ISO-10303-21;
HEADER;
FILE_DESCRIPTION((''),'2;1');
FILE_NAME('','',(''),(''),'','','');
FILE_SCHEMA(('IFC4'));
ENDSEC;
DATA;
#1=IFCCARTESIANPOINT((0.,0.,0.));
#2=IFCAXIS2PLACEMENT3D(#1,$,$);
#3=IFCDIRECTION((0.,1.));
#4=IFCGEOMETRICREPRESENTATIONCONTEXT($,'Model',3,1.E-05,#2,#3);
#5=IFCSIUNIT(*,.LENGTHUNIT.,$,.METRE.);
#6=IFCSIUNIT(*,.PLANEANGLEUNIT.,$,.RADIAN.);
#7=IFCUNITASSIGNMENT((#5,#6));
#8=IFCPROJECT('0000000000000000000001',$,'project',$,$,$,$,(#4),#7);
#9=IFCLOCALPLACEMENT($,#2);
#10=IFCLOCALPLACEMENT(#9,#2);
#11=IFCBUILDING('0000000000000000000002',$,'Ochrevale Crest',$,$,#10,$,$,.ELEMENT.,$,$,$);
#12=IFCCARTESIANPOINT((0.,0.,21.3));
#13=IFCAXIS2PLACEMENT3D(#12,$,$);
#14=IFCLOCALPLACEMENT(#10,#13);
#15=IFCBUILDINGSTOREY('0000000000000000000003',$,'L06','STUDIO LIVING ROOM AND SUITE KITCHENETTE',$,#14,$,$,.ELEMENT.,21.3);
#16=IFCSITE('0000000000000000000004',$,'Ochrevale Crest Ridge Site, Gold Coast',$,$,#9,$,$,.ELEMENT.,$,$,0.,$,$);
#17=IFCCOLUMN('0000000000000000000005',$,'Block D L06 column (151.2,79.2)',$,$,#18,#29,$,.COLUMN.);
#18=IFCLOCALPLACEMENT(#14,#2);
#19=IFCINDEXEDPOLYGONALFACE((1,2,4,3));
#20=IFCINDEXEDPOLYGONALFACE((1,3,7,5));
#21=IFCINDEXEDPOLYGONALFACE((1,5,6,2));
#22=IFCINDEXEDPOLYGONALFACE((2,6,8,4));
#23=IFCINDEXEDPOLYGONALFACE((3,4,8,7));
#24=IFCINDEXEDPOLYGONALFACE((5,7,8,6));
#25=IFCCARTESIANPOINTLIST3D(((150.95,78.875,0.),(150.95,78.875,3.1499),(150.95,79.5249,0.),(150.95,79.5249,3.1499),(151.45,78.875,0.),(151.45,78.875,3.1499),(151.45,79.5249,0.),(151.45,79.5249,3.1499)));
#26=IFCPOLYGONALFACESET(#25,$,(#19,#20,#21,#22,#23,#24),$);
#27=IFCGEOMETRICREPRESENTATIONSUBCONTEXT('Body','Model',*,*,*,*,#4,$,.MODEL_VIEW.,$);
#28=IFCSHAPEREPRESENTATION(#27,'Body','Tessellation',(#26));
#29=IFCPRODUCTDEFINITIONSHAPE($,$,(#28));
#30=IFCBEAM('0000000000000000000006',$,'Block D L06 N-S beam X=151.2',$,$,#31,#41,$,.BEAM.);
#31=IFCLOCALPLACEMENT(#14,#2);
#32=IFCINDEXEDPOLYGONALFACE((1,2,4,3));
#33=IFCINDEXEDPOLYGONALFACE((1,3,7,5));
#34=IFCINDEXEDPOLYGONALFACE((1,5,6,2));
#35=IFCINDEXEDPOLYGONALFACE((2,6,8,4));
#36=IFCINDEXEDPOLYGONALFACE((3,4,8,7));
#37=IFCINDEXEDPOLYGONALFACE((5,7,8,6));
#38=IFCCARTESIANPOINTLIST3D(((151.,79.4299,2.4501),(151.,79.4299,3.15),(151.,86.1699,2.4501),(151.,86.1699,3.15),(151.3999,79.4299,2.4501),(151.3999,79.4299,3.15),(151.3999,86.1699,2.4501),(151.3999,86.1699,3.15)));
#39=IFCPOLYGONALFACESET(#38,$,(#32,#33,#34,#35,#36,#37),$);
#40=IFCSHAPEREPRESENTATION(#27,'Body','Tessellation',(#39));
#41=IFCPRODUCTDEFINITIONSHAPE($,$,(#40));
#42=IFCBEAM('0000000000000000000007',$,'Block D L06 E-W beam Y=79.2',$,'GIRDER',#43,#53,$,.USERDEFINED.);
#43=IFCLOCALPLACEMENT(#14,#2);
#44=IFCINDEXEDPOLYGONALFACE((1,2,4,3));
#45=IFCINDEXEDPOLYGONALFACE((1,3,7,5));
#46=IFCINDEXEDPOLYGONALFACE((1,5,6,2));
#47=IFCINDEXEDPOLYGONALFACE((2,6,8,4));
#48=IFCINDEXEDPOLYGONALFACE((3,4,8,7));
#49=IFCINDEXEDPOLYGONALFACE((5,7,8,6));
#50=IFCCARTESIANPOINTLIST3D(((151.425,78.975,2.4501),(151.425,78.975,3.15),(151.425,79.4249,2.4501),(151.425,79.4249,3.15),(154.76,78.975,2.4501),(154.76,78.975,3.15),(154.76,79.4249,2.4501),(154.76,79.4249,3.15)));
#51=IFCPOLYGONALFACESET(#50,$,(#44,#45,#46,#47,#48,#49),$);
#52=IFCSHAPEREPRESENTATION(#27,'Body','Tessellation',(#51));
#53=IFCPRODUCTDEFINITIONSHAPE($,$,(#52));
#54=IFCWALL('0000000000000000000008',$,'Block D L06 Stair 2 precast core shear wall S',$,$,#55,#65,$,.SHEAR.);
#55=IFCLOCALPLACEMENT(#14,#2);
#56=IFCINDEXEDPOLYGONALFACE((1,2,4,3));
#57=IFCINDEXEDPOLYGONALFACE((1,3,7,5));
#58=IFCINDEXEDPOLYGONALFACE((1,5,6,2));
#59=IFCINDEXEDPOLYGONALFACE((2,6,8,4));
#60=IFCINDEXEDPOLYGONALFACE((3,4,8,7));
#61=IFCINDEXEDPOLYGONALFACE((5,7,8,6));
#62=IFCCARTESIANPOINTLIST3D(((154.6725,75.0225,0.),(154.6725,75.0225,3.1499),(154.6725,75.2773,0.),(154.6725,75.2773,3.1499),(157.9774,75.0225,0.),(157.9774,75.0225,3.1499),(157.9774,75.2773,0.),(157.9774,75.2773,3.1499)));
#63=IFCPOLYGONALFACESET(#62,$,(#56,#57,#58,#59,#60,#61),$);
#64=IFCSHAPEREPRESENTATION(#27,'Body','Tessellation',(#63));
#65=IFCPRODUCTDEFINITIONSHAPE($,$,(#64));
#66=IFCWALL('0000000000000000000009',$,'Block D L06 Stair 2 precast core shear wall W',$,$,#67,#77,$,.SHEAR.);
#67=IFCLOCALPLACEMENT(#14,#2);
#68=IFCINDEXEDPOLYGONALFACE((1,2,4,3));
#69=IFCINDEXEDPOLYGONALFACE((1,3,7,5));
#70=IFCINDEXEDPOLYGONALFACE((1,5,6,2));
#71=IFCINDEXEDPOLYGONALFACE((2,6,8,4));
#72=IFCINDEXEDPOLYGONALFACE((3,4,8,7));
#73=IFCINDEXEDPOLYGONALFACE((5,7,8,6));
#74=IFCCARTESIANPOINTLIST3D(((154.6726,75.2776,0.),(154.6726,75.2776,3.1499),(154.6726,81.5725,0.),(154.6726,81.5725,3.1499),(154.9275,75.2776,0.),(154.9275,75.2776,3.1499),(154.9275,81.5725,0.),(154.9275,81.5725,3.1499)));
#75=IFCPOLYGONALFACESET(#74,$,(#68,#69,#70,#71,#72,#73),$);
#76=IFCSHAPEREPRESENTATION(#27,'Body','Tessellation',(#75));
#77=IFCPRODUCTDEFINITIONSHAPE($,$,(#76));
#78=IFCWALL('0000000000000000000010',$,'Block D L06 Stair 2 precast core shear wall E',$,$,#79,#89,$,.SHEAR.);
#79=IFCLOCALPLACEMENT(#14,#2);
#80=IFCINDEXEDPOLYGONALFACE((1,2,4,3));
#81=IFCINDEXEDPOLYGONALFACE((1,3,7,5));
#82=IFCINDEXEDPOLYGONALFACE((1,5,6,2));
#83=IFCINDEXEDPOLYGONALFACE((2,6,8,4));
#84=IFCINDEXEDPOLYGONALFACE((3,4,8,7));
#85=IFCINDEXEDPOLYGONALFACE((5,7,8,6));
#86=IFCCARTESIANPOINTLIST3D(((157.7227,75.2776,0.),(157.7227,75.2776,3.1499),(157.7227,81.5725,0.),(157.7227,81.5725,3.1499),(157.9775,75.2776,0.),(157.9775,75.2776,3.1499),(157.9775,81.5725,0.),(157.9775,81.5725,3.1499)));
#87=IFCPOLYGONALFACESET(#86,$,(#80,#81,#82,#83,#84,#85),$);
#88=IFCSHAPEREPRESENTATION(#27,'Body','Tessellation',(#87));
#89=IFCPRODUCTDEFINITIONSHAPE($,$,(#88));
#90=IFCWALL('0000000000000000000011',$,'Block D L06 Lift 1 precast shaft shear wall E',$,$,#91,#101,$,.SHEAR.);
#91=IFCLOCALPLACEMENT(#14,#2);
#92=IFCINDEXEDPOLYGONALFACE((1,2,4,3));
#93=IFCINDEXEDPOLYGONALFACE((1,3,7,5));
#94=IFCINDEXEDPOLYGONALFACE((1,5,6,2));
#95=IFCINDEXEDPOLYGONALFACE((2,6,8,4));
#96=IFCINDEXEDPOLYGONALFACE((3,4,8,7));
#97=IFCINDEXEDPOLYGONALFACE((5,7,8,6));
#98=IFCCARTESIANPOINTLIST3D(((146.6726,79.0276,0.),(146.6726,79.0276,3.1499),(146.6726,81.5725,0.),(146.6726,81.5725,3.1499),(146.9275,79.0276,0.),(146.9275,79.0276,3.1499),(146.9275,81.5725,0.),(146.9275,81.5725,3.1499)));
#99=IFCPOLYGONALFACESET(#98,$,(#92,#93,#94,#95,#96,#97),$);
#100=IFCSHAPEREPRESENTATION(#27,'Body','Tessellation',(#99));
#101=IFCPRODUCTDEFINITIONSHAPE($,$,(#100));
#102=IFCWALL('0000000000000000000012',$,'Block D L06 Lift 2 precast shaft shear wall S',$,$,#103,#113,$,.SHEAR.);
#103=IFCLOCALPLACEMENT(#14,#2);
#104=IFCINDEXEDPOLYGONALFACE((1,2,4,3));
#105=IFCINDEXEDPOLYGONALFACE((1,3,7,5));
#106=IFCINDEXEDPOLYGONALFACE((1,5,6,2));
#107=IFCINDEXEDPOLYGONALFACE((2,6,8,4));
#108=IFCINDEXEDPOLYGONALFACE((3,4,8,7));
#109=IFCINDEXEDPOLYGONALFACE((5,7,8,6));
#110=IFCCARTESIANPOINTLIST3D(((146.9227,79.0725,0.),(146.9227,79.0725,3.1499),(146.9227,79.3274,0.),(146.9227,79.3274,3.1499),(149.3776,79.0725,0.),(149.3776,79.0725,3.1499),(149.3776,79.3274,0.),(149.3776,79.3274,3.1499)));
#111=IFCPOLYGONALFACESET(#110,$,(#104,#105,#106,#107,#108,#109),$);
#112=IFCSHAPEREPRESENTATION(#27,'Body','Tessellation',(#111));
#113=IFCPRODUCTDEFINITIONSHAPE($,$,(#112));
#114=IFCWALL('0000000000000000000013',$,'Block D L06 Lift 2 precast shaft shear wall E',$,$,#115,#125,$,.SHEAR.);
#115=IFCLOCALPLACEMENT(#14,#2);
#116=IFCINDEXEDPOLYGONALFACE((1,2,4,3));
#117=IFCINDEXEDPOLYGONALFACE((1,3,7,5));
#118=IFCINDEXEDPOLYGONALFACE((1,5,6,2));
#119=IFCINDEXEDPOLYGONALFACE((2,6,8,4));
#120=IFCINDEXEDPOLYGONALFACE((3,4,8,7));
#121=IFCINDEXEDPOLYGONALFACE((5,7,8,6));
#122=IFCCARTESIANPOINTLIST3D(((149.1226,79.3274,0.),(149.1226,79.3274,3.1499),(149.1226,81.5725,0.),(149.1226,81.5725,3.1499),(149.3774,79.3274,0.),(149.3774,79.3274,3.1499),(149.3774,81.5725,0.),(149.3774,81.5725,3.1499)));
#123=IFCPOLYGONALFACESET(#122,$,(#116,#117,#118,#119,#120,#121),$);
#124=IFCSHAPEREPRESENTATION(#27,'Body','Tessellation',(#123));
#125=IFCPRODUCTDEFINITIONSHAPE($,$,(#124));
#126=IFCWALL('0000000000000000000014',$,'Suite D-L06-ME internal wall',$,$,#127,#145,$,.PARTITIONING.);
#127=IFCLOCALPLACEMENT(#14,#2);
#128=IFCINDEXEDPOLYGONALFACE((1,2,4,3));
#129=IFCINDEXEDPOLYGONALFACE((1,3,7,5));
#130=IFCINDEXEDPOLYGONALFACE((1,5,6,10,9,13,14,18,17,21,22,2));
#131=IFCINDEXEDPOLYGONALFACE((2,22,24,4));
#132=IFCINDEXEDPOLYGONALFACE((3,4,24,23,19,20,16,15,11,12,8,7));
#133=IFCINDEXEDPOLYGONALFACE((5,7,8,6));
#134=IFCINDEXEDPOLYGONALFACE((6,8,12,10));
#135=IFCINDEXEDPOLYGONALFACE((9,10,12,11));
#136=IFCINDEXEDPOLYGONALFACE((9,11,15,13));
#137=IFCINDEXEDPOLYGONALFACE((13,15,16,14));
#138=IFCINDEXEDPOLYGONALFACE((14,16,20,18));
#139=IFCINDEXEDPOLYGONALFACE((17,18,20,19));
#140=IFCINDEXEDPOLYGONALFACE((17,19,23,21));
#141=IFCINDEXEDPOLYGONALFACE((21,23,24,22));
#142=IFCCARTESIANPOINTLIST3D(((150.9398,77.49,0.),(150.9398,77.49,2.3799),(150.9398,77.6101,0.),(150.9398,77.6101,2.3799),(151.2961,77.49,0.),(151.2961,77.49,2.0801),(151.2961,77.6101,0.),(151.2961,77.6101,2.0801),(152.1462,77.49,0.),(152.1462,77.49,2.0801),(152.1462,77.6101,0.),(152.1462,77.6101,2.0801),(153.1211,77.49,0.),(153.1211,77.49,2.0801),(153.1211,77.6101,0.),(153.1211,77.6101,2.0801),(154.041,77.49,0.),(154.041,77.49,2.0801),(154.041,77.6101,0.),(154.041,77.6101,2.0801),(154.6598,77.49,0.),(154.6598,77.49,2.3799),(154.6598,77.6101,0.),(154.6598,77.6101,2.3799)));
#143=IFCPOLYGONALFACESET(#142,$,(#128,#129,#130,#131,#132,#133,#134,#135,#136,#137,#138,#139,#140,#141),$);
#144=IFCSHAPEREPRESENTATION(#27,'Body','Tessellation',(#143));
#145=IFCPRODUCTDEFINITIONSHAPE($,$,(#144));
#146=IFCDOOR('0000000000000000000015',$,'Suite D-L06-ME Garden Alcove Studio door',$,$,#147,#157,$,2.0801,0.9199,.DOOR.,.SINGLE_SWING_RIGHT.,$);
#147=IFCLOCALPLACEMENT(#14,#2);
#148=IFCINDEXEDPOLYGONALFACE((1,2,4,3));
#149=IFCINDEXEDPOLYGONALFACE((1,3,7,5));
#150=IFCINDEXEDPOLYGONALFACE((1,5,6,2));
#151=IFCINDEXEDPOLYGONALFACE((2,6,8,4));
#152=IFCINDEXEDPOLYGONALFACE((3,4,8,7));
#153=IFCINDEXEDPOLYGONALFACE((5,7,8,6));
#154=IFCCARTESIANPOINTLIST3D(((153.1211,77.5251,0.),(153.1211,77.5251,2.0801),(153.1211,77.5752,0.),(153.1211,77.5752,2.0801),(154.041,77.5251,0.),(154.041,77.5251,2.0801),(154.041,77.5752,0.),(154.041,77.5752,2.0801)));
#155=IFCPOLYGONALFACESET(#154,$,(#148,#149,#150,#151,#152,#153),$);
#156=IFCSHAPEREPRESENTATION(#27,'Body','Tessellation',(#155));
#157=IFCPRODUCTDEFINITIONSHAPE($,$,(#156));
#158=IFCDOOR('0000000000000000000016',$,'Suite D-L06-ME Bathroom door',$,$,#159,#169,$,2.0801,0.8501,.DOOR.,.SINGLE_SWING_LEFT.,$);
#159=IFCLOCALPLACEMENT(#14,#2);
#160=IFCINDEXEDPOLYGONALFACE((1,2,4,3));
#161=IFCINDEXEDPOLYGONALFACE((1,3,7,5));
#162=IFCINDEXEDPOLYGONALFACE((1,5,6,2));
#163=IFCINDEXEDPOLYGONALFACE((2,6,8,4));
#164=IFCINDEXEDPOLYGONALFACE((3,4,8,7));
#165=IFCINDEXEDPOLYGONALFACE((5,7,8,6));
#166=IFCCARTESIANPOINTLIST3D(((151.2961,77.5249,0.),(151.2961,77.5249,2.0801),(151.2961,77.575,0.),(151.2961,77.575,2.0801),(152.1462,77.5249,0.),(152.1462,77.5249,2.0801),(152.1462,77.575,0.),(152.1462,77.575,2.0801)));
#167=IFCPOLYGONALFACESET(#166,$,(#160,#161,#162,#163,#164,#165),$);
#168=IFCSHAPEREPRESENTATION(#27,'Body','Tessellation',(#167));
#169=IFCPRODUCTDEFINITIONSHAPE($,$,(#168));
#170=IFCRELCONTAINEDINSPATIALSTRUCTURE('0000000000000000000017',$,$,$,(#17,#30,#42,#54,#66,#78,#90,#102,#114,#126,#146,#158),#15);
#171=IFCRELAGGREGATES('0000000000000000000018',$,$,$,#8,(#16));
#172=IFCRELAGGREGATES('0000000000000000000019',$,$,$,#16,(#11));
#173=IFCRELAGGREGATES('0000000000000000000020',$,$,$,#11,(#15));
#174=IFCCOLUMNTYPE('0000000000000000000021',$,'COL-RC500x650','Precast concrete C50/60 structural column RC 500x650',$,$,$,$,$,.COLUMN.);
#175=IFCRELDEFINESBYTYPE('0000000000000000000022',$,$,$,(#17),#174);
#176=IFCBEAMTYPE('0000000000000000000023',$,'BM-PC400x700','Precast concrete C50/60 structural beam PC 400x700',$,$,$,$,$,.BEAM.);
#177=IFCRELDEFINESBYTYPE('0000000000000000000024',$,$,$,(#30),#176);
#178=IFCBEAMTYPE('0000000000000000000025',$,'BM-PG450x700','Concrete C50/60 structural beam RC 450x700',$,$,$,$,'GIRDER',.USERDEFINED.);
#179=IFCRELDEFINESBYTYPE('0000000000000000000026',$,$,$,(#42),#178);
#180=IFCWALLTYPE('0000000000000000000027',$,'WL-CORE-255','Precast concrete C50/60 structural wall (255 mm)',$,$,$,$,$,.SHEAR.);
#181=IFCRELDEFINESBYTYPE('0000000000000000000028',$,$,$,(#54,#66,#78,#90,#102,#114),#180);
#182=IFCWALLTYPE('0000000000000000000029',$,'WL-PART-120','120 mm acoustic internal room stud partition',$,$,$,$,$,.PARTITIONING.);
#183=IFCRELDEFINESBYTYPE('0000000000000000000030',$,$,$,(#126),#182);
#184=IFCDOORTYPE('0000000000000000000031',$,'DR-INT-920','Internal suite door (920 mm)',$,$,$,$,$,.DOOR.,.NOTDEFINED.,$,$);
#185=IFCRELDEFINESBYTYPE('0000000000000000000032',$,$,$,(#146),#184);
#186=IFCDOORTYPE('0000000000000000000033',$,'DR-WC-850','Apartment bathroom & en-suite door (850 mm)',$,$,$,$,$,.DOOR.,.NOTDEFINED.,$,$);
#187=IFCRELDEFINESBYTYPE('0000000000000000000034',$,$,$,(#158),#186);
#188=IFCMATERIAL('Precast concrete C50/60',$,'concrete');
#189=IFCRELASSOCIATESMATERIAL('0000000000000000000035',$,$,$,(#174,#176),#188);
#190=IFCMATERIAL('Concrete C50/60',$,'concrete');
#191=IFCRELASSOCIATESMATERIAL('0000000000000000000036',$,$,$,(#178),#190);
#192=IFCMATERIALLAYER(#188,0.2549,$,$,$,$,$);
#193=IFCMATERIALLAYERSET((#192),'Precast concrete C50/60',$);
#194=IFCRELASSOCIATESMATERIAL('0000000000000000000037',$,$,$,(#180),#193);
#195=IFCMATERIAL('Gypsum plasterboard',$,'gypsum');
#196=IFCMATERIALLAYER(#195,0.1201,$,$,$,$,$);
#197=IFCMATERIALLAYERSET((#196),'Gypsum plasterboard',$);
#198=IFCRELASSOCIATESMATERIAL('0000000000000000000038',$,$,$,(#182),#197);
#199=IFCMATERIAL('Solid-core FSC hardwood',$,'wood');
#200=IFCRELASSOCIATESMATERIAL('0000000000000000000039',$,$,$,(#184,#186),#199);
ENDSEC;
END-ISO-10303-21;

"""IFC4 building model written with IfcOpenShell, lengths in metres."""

from ifc_helpers import new_model, si_unit, direction, frame, frame_2d, origin, origin_2d, place, context, subcontext, project, spatial, rectangle, extrude, material, layer, layer_set, material_profile, profile_set, type_object, element, fill, save


model = new_model("IFC4")

# Units and contexts
model_context = context("Model", 3, precision=1e-05, world=origin(), true_north=direction((0.0, 1.0)))
body_context = subcontext(model_context, "Body", "Model", "MODEL_VIEW")
ifc_project = project(units=[si_unit("LENGTHUNIT", "METRE"), si_unit("PLANEANGLEUNIT", "RADIAN")], contexts=[model_context])

# Site, building, storey
site_placement = place(None, origin())
site = spatial("IfcSite", under=ifc_project, at=site_placement, Name="Ochrevale Crest Ridge Site, Gold Coast", CompositionType="ELEMENT", RefElevation=0.0)
building_placement = place(site_placement, origin())
building = spatial("IfcBuilding", under=site, at=building_placement, Name="Ochrevale Crest", CompositionType="ELEMENT")
storey_placement = place(building_placement, frame((0.0, 0.0, 21.3)))
storey = spatial("IfcBuildingStorey", under=building, at=storey_placement, Name="L06", Description="STUDIO LIVING ROOM AND SUITE KITCHENETTE", CompositionType="ELEMENT", Elevation=21.3)

# Column
ifc_material_1 = material(Name="Precast concrete C50/60", Category="concrete")
ifc_material_profile_1 = material_profile(ifc_material_1, rectangle(XDim=0.5, YDim=0.6499, at=origin_2d()), Name="RC 500x650")
ifc_profile_set_1 = profile_set([ifc_material_profile_1], Name="Precast concrete C50/60")
column_type = type_object("IfcColumnType", Name="COL-RC500x650", Description="Precast concrete C50/60 structural column RC 500x650", PredefinedType="COLUMN", material=ifc_profile_set_1)
column_placement = place(storey_placement, frame((151.2, 79.2, 0.0), z_axis=(0.0, 0.0, 1.0), x_axis=(1.0, 0.0, 0.0)))
element("IfcColumn", 1, at=column_placement, inside=storey, type_object=column_type, Name="Block D L06 column (151.2,79.2)", PredefinedType="COLUMN", context=body_context, shape_type="SweptSolid", body=[
    extrude(rectangle(XDim=0.5, YDim=0.6499, at=origin_2d()), origin(), (0.0, 0.0, 1.0), 3.1499),
])

# Beams
ifc_material_profile_2 = material_profile(ifc_material_1, rectangle(XDim=0.3999, YDim=0.7, at=origin_2d()), Name="PC 400x700")
ifc_profile_set_2 = profile_set([ifc_material_profile_2], Name="Precast concrete C50/60")
beam_type_1 = type_object("IfcBeamType", Name="BM-PC400x700", Description="Precast concrete C50/60 structural beam PC 400x700", PredefinedType="BEAM", material=ifc_profile_set_2)
beam_1_placement = place(storey_placement, frame((151.2, 79.4299, 2.8), z_axis=(0.0, 1.0, 0.0), x_axis=(-1.0, 0.0, 0.0)))
element("IfcBeam", 2, at=beam_1_placement, inside=storey, type_object=beam_type_1, Name="Block D L06 N-S beam X=151.2", PredefinedType="BEAM", context=body_context, shape_type="SweptSolid", body=[
    extrude(rectangle(XDim=0.3999, YDim=0.7, at=origin_2d()), origin(), (0.0, 0.0, 1.0), 6.74),
])
ifc_material_2 = material(Name="Concrete C50/60", Category="concrete")
ifc_material_profile_3 = material_profile(ifc_material_2, rectangle(XDim=0.45, YDim=0.7, at=origin_2d()), Name="RC 450x700")
ifc_profile_set_3 = profile_set([ifc_material_profile_3], Name="Concrete C50/60")
beam_type_2 = type_object("IfcBeamType", Name="BM-PG450x700", Description="Concrete C50/60 structural beam RC 450x700", ElementType="GIRDER", PredefinedType="USERDEFINED", material=ifc_profile_set_3)
beam_2_placement = place(storey_placement, frame((151.425, 79.2, 2.8), z_axis=(1.0, 0.0, 0.0), x_axis=(0.0, 1.0, 0.0)))
element("IfcBeam", 3, at=beam_2_placement, inside=storey, type_object=beam_type_2, Name="Block D L06 E-W beam Y=79.2", ObjectType="GIRDER", PredefinedType="USERDEFINED", context=body_context, shape_type="SweptSolid", body=[
    extrude(rectangle(XDim=0.45, YDim=0.7, at=origin_2d()), origin(), (0.0, 0.0, 1.0), 3.335),
])

# Walls
ifc_layer_1 = layer(ifc_material_1, 0.2549)
ifc_layer_set_1 = layer_set([ifc_layer_1], Name="Precast concrete C50/60")
wall_type_1 = type_object("IfcWallType", Name="WL-CORE-255", Description="Precast concrete C50/60 structural wall (255 mm)", PredefinedType="SHEAR", material=ifc_layer_set_1)
wall_1_placement = place(storey_placement, frame((154.6726, 75.1499, 0.0), z_axis=(0.0, 0.0, 1.0), x_axis=(1.0, 0.0, 0.0)))
element("IfcWall", 4, at=wall_1_placement, inside=storey, type_object=wall_type_1, Name="Block D L06 Stair 2 precast core shear wall S", PredefinedType="SHEAR", context=body_context, shape_type="SweptSolid", body=[
    extrude(rectangle(XDim=3.3049, YDim=0.2549, at=frame_2d((1.6523, 0.0))), origin(), (0.0, 0.0, 1.0), 3.1499),
])
for number, where, z_axis, x_axis, name in (
    (5, (154.8, 75.2776, 0.0), (0.0, 0.0, 1.0), (0.0, 1.0, 0.0), "Block D L06 Stair 2 precast core shear wall W"),
    (6, (157.8501, 75.2776, 0.0), (0.0, 0.0, 1.0), (0.0, 1.0, 0.0), "Block D L06 Stair 2 precast core shear wall E"),
):
    element("IfcWall", number, at=place(storey_placement, frame(where, z_axis=z_axis, x_axis=x_axis)), inside=storey, type_object=wall_type_1, Name=name, PredefinedType="SHEAR", context=body_context, shape_type="SweptSolid", body=[
        extrude(rectangle(XDim=6.2949, YDim=0.2549, at=frame_2d((3.1475, 0.0))), origin(), (0.0, 0.0, 1.0), 3.1499),
    ])
wall_2_placement = place(storey_placement, frame((146.8, 79.0276, 0.0), z_axis=(0.0, 0.0, 1.0), x_axis=(0.0, 1.0, 0.0)))
element("IfcWall", 7, at=wall_2_placement, inside=storey, type_object=wall_type_1, Name="Block D L06 Lift 1 precast shaft shear wall E", PredefinedType="SHEAR", context=body_context, shape_type="SweptSolid", body=[
    extrude(rectangle(XDim=2.5449, YDim=0.2549, at=frame_2d((1.2725, 0.0))), origin(), (0.0, 0.0, 1.0), 3.1499),
])
wall_3_placement = place(storey_placement, frame((146.9226, 79.2, 0.0), z_axis=(0.0, 0.0, 1.0), x_axis=(1.0, 0.0, 0.0)))
element("IfcWall", 8, at=wall_3_placement, inside=storey, type_object=wall_type_1, Name="Block D L06 Lift 2 precast shaft shear wall S", PredefinedType="SHEAR", context=body_context, shape_type="SweptSolid", body=[
    extrude(rectangle(XDim=2.4548, YDim=0.2549, at=frame_2d((1.2275, 0.0))), origin(), (0.0, 0.0, 1.0), 3.1499),
])
wall_4_placement = place(storey_placement, frame((149.25, 79.3274, 0.0), z_axis=(0.0, 0.0, 1.0), x_axis=(0.0, 1.0, 0.0)))
element("IfcWall", 9, at=wall_4_placement, inside=storey, type_object=wall_type_1, Name="Block D L06 Lift 2 precast shaft shear wall E", PredefinedType="SHEAR", context=body_context, shape_type="SweptSolid", body=[
    extrude(rectangle(XDim=2.2451, YDim=0.2549, at=frame_2d((1.1226, 0.0))), origin(), (0.0, 0.0, 1.0), 3.1499),
])

# Wall, openings, doors
ifc_material_3 = material(Name="Gypsum plasterboard", Category="gypsum")
ifc_layer_2 = layer(ifc_material_3, 0.1201)
ifc_layer_set_2 = layer_set([ifc_layer_2], Name="Gypsum plasterboard")
wall_type_2 = type_object("IfcWallType", Name="WL-PART-120", Description="120 mm acoustic internal room stud partition", PredefinedType="PARTITIONING", material=ifc_layer_set_2)
wall_5_placement = place(storey_placement, frame((150.9399, 77.55, 0.0), z_axis=(0.0, 0.0, 1.0), x_axis=(1.0, 0.0, 0.0)))
wall_5 = element("IfcWall", 10, at=wall_5_placement, inside=storey, type_object=wall_type_2, Name="Suite D-L06-ME internal wall", PredefinedType="PARTITIONING", context=body_context, shape_type="SweptSolid", body=[
    extrude(rectangle(XDim=3.72, YDim=0.1201, at=frame_2d((1.8599, 0.0))), origin(), (0.0, 0.0, 1.0), 2.3799),
])
opening_1_placement = place(wall_5_placement, frame((0.3562, 0.0, 0.0)))
opening_1 = element("IfcOpeningElement", 11, at=opening_1_placement, cuts=wall_5, PredefinedType="OPENING", context=body_context, shape_type="SweptSolid", body=[
    extrude(rectangle(XDim=0.8501, YDim=2.0801, at=frame_2d((0.425, 1.04))), frame((0.0, 0.0701, 0.0), z_axis=(0.0, -1.0, 0.0), x_axis=(1.0, 0.0, 0.0)), (0.0, 0.0, 1.0), 0.1401),
])
opening_2_placement = place(wall_5_placement, frame((3.1011, 0.0, 0.0), z_axis=(0.0, 0.0, 1.0), x_axis=(-1.0, 0.0, 0.0)))
opening_2 = element("IfcOpeningElement", 12, at=opening_2_placement, cuts=wall_5, PredefinedType="OPENING", context=body_context, shape_type="SweptSolid", body=[
    extrude(rectangle(XDim=0.9199, YDim=2.0801, at=frame_2d((0.46, 1.04))), frame((0.0, 0.0701, 0.0), z_axis=(0.0, -1.0, 0.0), x_axis=(1.0, 0.0, 0.0)), (0.0, 0.0, 1.0), 0.1401),
])
ifc_material_4 = material(Name="Solid-core FSC hardwood", Category="wood")
door_type_1 = type_object("IfcDoorType", Name="DR-INT-920", Description="Internal suite door (920 mm)", OperationType="NOTDEFINED", PredefinedType="DOOR", material=ifc_material_4)
door_1_placement = place(opening_2_placement, origin())
door_1 = element("IfcDoor", 13, at=door_1_placement, inside=storey, type_object=door_type_1, Name="Suite D-L06-ME Garden Alcove Studio door", OperationType="SINGLE_SWING_RIGHT", OverallHeight=2.0801, OverallWidth=0.9199, PredefinedType="DOOR", context=body_context, shape_type="SweptSolid", body=[
    extrude(rectangle(XDim=0.9199, YDim=2.0801, at=frame_2d((0.46, 1.04))), frame((0.0, 0.0249, 0.0), z_axis=(0.0, -1.0, 0.0), x_axis=(1.0, 0.0, 0.0)), (0.0, 0.0, 1.0), 0.05),
])
fill(opening_2, door_1)
door_type_2 = type_object("IfcDoorType", Name="DR-WC-850", Description="Apartment bathroom & en-suite door (850 mm)", OperationType="NOTDEFINED", PredefinedType="DOOR", material=ifc_material_4)
door_2_placement = place(opening_1_placement, origin())
door_2 = element("IfcDoor", 14, at=door_2_placement, inside=storey, type_object=door_type_2, Name="Suite D-L06-ME Bathroom door", OperationType="SINGLE_SWING_LEFT", OverallHeight=2.0801, OverallWidth=0.8501, PredefinedType="DOOR", context=body_context, shape_type="SweptSolid", body=[
    extrude(rectangle(XDim=0.8501, YDim=2.0801, at=frame_2d((0.425, 1.04))), frame((0.0, 0.0249, 0.0), z_axis=(0.0, -1.0, 0.0), x_axis=(1.0, 0.0, 0.0)), (0.0, 0.0, 1.0), 0.05),
])
fill(opening_1, door_2)

save(model, "model.ifc")
